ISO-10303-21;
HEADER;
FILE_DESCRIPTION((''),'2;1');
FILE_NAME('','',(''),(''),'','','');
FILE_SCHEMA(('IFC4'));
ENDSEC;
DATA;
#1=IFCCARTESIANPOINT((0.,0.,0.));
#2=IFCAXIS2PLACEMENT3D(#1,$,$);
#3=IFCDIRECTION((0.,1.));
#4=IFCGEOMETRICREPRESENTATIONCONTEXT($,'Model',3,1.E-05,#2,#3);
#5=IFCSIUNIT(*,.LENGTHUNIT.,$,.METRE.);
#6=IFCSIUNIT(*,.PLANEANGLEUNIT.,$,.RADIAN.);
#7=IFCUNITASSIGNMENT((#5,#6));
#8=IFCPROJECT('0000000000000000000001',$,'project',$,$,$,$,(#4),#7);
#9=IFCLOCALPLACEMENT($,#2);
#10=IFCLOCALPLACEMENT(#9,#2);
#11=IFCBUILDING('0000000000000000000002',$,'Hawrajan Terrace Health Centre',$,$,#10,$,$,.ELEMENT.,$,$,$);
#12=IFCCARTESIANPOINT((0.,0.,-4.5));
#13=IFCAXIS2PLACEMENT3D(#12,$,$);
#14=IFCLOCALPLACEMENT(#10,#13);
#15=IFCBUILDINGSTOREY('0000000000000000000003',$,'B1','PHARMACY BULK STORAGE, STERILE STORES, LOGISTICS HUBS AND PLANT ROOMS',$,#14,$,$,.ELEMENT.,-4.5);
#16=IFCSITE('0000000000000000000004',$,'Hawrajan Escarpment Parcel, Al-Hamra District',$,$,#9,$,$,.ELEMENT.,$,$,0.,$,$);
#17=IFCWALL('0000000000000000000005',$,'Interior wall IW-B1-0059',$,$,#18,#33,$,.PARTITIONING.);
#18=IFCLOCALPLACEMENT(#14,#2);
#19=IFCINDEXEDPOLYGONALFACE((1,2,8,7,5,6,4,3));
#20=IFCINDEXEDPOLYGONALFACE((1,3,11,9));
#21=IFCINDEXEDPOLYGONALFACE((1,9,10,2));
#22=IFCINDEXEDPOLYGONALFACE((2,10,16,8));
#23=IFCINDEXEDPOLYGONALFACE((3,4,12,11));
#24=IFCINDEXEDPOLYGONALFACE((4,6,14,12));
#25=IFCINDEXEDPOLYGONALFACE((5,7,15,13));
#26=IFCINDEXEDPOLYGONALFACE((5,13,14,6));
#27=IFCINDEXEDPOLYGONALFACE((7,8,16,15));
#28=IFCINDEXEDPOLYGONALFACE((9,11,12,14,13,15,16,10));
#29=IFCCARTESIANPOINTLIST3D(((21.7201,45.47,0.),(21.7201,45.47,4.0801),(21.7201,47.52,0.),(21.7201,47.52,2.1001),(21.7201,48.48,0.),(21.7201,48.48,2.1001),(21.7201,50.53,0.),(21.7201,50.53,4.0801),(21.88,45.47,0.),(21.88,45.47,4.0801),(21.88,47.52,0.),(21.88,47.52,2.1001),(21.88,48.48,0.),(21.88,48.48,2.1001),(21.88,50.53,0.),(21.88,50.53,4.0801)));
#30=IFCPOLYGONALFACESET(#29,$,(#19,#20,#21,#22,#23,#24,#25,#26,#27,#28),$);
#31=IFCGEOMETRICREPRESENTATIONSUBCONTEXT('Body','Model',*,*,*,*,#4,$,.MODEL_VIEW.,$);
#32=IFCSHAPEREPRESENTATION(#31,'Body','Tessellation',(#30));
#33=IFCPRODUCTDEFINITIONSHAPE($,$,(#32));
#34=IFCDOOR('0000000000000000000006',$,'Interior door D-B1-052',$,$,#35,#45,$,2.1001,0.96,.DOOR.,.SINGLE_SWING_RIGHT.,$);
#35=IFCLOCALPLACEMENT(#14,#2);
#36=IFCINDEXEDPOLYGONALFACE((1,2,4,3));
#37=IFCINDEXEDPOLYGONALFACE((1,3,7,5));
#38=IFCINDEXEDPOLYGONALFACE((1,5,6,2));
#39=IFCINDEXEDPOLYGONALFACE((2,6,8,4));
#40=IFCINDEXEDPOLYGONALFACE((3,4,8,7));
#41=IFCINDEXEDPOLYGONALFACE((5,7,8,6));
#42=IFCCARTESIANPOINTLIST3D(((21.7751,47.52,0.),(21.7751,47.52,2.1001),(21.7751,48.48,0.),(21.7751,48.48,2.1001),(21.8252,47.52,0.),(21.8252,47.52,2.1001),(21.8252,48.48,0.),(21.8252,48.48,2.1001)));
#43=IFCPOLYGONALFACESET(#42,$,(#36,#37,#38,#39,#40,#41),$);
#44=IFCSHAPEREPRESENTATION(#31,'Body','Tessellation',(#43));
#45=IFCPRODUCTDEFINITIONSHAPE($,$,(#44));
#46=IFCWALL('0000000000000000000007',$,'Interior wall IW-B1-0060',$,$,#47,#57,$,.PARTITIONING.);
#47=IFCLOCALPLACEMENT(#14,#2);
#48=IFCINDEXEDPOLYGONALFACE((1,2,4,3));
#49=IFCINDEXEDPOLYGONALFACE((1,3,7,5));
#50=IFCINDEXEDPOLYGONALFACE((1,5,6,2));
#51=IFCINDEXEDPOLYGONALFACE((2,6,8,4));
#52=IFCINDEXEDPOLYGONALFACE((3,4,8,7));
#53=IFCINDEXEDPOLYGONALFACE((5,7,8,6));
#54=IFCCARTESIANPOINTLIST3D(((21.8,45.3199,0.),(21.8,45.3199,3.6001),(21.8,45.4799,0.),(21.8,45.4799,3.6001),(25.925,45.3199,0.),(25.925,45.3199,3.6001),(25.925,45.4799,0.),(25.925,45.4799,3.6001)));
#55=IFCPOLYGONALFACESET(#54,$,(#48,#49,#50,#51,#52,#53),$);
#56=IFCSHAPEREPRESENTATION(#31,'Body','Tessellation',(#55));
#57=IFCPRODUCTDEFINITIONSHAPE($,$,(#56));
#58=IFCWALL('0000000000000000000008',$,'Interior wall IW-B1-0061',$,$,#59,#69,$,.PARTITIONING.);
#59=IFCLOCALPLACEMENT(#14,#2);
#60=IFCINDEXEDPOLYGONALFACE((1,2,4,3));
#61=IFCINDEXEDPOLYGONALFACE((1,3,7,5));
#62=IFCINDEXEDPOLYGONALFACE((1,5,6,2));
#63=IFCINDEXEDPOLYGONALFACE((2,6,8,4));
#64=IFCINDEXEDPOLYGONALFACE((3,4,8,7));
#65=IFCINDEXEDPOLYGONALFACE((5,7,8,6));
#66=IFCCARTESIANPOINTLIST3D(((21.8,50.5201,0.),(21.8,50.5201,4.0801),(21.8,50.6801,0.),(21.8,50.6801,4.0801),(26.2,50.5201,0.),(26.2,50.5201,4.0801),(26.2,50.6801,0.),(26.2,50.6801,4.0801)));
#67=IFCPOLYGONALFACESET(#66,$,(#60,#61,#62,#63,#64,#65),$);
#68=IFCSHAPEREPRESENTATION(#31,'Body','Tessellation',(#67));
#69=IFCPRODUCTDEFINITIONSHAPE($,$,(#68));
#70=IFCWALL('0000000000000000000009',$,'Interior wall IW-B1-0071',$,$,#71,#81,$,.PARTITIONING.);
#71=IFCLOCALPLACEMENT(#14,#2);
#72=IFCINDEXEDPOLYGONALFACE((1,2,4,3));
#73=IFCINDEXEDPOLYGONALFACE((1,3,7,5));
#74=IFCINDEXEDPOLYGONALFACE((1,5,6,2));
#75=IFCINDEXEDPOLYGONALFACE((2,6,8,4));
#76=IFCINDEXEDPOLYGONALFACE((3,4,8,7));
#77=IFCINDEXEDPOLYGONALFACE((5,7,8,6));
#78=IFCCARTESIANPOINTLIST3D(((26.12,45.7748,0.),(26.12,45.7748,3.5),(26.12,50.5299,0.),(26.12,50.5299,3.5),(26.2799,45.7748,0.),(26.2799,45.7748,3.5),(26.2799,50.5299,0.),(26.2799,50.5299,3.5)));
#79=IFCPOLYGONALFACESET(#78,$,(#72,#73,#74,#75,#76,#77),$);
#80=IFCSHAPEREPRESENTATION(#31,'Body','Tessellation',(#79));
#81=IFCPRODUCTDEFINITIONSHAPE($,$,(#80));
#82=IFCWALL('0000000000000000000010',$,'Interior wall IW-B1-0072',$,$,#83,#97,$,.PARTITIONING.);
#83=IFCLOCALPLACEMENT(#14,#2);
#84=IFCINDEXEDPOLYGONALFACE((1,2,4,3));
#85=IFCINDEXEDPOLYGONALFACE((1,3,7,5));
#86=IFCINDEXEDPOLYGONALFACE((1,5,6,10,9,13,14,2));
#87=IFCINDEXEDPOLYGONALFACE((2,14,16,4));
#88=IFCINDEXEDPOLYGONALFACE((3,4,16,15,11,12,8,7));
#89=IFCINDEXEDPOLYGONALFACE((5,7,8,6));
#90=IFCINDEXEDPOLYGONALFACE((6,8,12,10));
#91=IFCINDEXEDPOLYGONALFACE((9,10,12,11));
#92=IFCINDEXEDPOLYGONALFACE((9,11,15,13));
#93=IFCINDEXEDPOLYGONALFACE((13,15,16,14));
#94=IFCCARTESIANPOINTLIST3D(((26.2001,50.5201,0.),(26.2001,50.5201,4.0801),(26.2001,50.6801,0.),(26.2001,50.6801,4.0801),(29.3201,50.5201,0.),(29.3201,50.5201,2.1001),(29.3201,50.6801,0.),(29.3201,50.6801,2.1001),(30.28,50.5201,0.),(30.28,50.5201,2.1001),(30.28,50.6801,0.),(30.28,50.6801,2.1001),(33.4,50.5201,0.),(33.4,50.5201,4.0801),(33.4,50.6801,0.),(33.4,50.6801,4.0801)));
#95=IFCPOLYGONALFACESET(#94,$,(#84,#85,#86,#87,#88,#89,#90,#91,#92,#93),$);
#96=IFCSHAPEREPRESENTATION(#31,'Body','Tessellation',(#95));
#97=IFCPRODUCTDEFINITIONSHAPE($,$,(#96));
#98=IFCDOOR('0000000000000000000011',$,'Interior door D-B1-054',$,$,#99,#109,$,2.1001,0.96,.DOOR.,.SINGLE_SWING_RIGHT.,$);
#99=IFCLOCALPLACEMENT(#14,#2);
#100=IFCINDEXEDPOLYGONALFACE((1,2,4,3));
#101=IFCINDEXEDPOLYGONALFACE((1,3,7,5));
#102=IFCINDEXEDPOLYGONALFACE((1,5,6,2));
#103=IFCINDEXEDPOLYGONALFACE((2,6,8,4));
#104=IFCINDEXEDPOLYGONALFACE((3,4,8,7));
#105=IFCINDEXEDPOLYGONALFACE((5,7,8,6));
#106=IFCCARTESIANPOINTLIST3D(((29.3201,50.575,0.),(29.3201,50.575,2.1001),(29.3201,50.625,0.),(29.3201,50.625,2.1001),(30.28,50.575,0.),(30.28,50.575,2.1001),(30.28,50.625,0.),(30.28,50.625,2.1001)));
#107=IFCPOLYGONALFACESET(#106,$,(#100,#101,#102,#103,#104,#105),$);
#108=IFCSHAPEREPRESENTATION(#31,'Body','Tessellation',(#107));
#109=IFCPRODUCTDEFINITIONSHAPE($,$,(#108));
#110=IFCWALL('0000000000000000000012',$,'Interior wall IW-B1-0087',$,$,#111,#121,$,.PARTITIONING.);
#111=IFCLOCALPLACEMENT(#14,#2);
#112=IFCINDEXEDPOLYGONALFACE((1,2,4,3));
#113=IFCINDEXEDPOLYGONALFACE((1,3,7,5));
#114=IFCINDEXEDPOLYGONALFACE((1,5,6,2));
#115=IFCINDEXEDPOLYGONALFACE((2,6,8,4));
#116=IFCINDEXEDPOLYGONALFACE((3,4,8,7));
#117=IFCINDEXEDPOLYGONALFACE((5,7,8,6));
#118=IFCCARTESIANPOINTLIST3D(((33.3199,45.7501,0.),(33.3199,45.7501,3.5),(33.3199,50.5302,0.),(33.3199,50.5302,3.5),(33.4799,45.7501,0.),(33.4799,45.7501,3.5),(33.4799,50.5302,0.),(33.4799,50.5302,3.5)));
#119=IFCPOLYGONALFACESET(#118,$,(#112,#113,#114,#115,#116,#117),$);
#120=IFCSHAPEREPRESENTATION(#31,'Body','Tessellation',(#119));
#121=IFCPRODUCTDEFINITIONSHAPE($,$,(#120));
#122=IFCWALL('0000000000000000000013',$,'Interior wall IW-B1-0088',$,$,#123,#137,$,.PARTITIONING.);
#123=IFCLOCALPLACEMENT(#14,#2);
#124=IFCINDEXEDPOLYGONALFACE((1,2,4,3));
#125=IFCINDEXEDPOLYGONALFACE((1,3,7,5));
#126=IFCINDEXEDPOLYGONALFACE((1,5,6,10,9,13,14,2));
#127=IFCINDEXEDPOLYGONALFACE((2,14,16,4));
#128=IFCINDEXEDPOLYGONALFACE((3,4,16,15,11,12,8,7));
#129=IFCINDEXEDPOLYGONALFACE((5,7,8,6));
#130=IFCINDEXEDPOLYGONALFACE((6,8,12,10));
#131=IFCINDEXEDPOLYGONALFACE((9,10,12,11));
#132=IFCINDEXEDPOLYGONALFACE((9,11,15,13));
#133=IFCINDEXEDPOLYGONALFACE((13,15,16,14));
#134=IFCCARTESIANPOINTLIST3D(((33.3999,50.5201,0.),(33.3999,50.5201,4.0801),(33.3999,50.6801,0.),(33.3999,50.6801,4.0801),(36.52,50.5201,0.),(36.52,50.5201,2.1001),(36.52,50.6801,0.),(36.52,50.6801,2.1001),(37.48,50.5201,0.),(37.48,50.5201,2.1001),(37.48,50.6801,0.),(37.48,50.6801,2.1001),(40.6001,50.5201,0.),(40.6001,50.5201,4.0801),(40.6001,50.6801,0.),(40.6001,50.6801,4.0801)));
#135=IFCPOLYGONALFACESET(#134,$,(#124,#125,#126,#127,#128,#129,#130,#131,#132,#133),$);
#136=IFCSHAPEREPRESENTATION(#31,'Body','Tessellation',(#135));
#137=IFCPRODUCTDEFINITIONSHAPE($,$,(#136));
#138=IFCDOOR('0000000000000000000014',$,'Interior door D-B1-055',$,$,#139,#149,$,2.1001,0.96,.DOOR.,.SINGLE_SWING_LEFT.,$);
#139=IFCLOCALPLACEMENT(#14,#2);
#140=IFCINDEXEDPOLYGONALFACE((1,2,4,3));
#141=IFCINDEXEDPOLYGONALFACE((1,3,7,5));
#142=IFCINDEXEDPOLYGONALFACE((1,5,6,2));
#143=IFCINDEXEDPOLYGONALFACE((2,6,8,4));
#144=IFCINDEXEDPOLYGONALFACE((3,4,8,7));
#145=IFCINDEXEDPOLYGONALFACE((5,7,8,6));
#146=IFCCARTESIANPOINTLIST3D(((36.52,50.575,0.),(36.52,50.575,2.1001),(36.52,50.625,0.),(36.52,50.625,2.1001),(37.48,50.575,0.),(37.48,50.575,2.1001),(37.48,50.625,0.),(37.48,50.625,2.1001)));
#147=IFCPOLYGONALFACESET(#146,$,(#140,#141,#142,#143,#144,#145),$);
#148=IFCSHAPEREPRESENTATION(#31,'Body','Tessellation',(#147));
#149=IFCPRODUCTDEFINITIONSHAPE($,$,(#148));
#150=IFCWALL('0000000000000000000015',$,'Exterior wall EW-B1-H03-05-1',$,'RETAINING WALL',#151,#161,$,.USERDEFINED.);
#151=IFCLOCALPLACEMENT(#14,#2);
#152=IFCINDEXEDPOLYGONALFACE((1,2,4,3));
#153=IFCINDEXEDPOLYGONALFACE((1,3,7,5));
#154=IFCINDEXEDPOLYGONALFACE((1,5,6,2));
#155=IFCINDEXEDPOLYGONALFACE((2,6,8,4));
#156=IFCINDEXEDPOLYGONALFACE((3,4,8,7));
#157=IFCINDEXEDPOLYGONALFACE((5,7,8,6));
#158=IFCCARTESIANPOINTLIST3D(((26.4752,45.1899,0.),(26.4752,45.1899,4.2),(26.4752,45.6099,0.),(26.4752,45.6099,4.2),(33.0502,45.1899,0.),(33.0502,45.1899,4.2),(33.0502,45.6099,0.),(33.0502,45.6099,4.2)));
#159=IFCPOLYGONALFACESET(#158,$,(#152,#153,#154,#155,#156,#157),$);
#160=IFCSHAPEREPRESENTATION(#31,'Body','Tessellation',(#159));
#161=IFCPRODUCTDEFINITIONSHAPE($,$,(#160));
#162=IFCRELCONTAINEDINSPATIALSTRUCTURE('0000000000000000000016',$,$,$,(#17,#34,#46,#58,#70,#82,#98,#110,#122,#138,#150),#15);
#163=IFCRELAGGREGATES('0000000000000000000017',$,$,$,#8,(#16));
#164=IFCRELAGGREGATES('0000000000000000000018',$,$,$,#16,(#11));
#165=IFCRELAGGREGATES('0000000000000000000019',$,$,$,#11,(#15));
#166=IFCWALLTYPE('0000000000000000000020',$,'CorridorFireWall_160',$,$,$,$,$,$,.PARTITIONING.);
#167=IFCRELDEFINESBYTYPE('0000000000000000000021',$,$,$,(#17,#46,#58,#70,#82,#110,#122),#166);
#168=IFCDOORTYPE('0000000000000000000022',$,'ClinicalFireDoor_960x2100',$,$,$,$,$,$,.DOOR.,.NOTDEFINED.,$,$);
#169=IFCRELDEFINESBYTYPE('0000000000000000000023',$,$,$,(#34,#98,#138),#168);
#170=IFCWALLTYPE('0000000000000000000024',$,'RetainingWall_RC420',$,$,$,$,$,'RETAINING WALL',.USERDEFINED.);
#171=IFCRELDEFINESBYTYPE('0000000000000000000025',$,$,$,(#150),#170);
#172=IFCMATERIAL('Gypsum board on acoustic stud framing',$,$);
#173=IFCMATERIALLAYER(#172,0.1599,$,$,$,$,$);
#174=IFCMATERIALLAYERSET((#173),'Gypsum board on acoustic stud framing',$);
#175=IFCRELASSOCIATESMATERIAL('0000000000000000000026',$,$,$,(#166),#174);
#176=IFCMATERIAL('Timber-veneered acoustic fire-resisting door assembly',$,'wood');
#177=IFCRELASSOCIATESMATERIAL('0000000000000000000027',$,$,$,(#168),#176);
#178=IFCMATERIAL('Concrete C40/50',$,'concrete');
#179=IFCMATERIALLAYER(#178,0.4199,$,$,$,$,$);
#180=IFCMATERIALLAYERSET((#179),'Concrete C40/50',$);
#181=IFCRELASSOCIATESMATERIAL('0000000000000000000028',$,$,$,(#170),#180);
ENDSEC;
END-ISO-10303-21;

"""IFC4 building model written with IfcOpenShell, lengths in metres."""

from ifc_helpers import new_model, si_unit, direction, frame, frame_2d, origin, place, context, subcontext, project, spatial, rectangle, extrude, material, layer, layer_set, type_object, element, fill, save


model = new_model("IFC4")

# Units and contexts
model_context = context("Model", 3, precision=1e-05, world=origin(), true_north=direction((0.0, 1.0)))
body_context = subcontext(model_context, "Body", "Model", "MODEL_VIEW")
ifc_project = project(units=[si_unit("LENGTHUNIT", "METRE"), si_unit("PLANEANGLEUNIT", "RADIAN")], contexts=[model_context])

# Site, building, storey
site_placement = place(None, origin())
site = spatial("IfcSite", under=ifc_project, at=site_placement, Name="Hawrajan Escarpment Parcel, Al-Hamra District", CompositionType="ELEMENT", RefElevation=0.0)
building_placement = place(site_placement, origin())
building = spatial("IfcBuilding", under=site, at=building_placement, Name="Hawrajan Terrace Health Centre", CompositionType="ELEMENT")
storey_placement = place(building_placement, frame((0.0, 0.0, -4.5)))
storey = spatial("IfcBuildingStorey", under=building, at=storey_placement, Name="B1", Description="PHARMACY BULK STORAGE, STERILE STORES, LOGISTICS HUBS AND PLANT ROOMS", CompositionType="ELEMENT", Elevation=-4.5)

# Shared definitions
ifc_material_1 = material(Name="Concrete C40/50", Category="concrete")

# Shared definitions
ifc_material_2 = material(Name="Gypsum board on acoustic stud framing")

# Wall, opening, door
ifc_layer_1 = layer(ifc_material_2, 0.1599)
ifc_layer_set_1 = layer_set([ifc_layer_1], Name="Gypsum board on acoustic stud framing")
wall_type_1 = type_object("IfcWallType", Name="CorridorFireWall_160", PredefinedType="PARTITIONING", material=ifc_layer_set_1)
wall_1_placement = place(storey_placement, frame((21.8, 45.47, 0.0), z_axis=(0.0, 0.0, 1.0), x_axis=(0.0, 1.0, 0.0)))
wall_1 = element("IfcWall", 1, at=wall_1_placement, inside=storey, type_object=wall_type_1, Name="Interior wall IW-B1-0059", PredefinedType="PARTITIONING", context=body_context, shape_type="SweptSolid", body=[
    extrude(rectangle(XDim=5.0601, YDim=0.1599, at=frame_2d((2.53, 0.0))), origin(), (0.0, 0.0, 1.0), 4.0801),
])
opening_1_placement = place(wall_1_placement, frame((2.05, 0.0, 0.0)))
opening_1 = element("IfcOpeningElement", 2, at=opening_1_placement, cuts=wall_1, PredefinedType="OPENING", context=body_context, shape_type="SweptSolid", body=[
    extrude(rectangle(XDim=0.96, YDim=2.1001, at=frame_2d((0.48, 1.05))), frame((0.0, 0.0898, 0.0), z_axis=(0.0, -1.0, 0.0), x_axis=(1.0, 0.0, 0.0)), (0.0, 0.0, 1.0), 0.1799),
])
ifc_material_3 = material(Name="Timber-veneered acoustic fire-resisting door assembly", Category="wood")
door_type_1 = type_object("IfcDoorType", Name="ClinicalFireDoor_960x2100", OperationType="NOTDEFINED", PredefinedType="DOOR", material=ifc_material_3)
door_1_placement = place(opening_1_placement, origin())
door_1 = element("IfcDoor", 3, at=door_1_placement, inside=storey, type_object=door_type_1, Name="Interior door D-B1-052", OperationType="SINGLE_SWING_RIGHT", OverallHeight=2.1001, OverallWidth=0.96, PredefinedType="DOOR", context=body_context, shape_type="SweptSolid", body=[
    extrude(rectangle(XDim=0.96, YDim=2.1001, at=frame_2d((0.48, 1.05))), frame((0.0, 0.0249, 0.0), z_axis=(0.0, -1.0, 0.0), x_axis=(1.0, 0.0, 0.0)), (0.0, 0.0, 1.0), 0.05),
])
fill(opening_1, door_1)

# Walls
wall_2_placement = place(storey_placement, frame((21.8, 45.3999, 0.0), z_axis=(0.0, 0.0, 1.0), x_axis=(1.0, 0.0, 0.0)))
element("IfcWall", 4, at=wall_2_placement, inside=storey, type_object=wall_type_1, Name="Interior wall IW-B1-0060", PredefinedType="PARTITIONING", context=body_context, shape_type="SweptSolid", body=[
    extrude(rectangle(XDim=4.125, YDim=0.1599, at=frame_2d((2.0625, 0.0))), origin(), (0.0, 0.0, 1.0), 3.6001),
])
wall_3_placement = place(storey_placement, frame((21.8, 50.6001, 0.0), z_axis=(0.0, 0.0, 1.0), x_axis=(1.0, 0.0, 0.0)))
element("IfcWall", 5, at=wall_3_placement, inside=storey, type_object=wall_type_1, Name="Interior wall IW-B1-0061", PredefinedType="PARTITIONING", context=body_context, shape_type="SweptSolid", body=[
    extrude(rectangle(XDim=4.3999, YDim=0.1599, at=frame_2d((2.2, 0.0))), origin(), (0.0, 0.0, 1.0), 4.0801),
])
wall_4_placement = place(storey_placement, frame((26.2, 45.7749, 0.0), z_axis=(0.0, 0.0, 1.0), x_axis=(0.0, 1.0, 0.0)))
element("IfcWall", 6, at=wall_4_placement, inside=storey, type_object=wall_type_1, Name="Interior wall IW-B1-0071", PredefinedType="PARTITIONING", context=body_context, shape_type="SweptSolid", body=[
    extrude(rectangle(XDim=4.7551, YDim=0.1599, at=frame_2d((2.3774, 0.0))), origin(), (0.0, 0.0, 1.0), 3.5),
])

# Wall, opening, door
wall_5_placement = place(storey_placement, frame((26.2, 50.6001, 0.0), z_axis=(0.0, 0.0, 1.0), x_axis=(1.0, 0.0, 0.0)))
wall_5 = element("IfcWall", 7, at=wall_5_placement, inside=storey, type_object=wall_type_1, Name="Interior wall IW-B1-0072", PredefinedType="PARTITIONING", context=body_context, shape_type="SweptSolid", body=[
    extrude(rectangle(XDim=7.2, YDim=0.1599, at=frame_2d((3.6001, 0.0))), origin(), (0.0, 0.0, 1.0), 4.0801),
])
opening_2_placement = place(wall_5_placement, frame((3.1201, 0.0, 0.0)))
opening_2 = element("IfcOpeningElement", 8, at=opening_2_placement, cuts=wall_5, PredefinedType="OPENING", context=body_context, shape_type="SweptSolid", body=[
    extrude(rectangle(XDim=0.96, YDim=2.1001, at=frame_2d((0.48, 1.05))), frame((0.0, 0.0898, 0.0), z_axis=(0.0, -1.0, 0.0), x_axis=(1.0, 0.0, 0.0)), (0.0, 0.0, 1.0), 0.1799),
])
door_2_placement = place(opening_2_placement, origin())
door_2 = element("IfcDoor", 9, at=door_2_placement, inside=storey, type_object=door_type_1, Name="Interior door D-B1-054", OperationType="SINGLE_SWING_RIGHT", OverallHeight=2.1001, OverallWidth=0.96, PredefinedType="DOOR", context=body_context, shape_type="SweptSolid", body=[
    extrude(rectangle(XDim=0.96, YDim=2.1001, at=frame_2d((0.48, 1.05))), frame((0.0, 0.0249, 0.0), z_axis=(0.0, -1.0, 0.0), x_axis=(1.0, 0.0, 0.0)), (0.0, 0.0, 1.0), 0.05),
])
fill(opening_2, door_2)

# Wall
wall_6_placement = place(storey_placement, frame((33.3999, 45.75, 0.0), z_axis=(0.0, 0.0, 1.0), x_axis=(0.0, 1.0, 0.0)))
element("IfcWall", 10, at=wall_6_placement, inside=storey, type_object=wall_type_1, Name="Interior wall IW-B1-0087", PredefinedType="PARTITIONING", context=body_context, shape_type="SweptSolid", body=[
    extrude(rectangle(XDim=4.78, YDim=0.1599, at=frame_2d((2.3901, 0.0))), origin(), (0.0, 0.0, 1.0), 3.5),
])

# Wall, opening, door
wall_7_placement = place(storey_placement, frame((33.3999, 50.6001, 0.0), z_axis=(0.0, 0.0, 1.0), x_axis=(1.0, 0.0, 0.0)))
wall_7 = element("IfcWall", 11, at=wall_7_placement, inside=storey, type_object=wall_type_1, Name="Interior wall IW-B1-0088", PredefinedType="PARTITIONING", context=body_context, shape_type="SweptSolid", body=[
    extrude(rectangle(XDim=7.2002, YDim=0.1599, at=frame_2d((3.6001, 0.0))), origin(), (0.0, 0.0, 1.0), 4.0801),
])
opening_3_placement = place(wall_7_placement, frame((3.1201, 0.0, 0.0)))
opening_3 = element("IfcOpeningElement", 12, at=opening_3_placement, cuts=wall_7, PredefinedType="OPENING", context=body_context, shape_type="SweptSolid", body=[
    extrude(rectangle(XDim=0.96, YDim=2.1001, at=frame_2d((0.48, 1.05))), frame((0.0, 0.0898, 0.0), z_axis=(0.0, -1.0, 0.0), x_axis=(1.0, 0.0, 0.0)), (0.0, 0.0, 1.0), 0.1799),
])
door_3_placement = place(opening_3_placement, origin())
door_3 = element("IfcDoor", 13, at=door_3_placement, inside=storey, type_object=door_type_1, Name="Interior door D-B1-055", OperationType="SINGLE_SWING_LEFT", OverallHeight=2.1001, OverallWidth=0.96, PredefinedType="DOOR", context=body_context, shape_type="SweptSolid", body=[
    extrude(rectangle(XDim=0.96, YDim=2.1001, at=frame_2d((0.48, 1.05))), frame((0.0, 0.0249, 0.0), z_axis=(0.0, -1.0, 0.0), x_axis=(1.0, 0.0, 0.0)), (0.0, 0.0, 1.0), 0.05),
])
fill(opening_3, door_3)

# Wall
ifc_layer_2 = layer(ifc_material_1, 0.4199)
ifc_layer_set_2 = layer_set([ifc_layer_2], Name="Concrete C40/50")
wall_type_2 = type_object("IfcWallType", Name="RetainingWall_RC420", ElementType="RETAINING WALL", PredefinedType="USERDEFINED", material=ifc_layer_set_2)
wall_8_placement = place(storey_placement, frame((26.4751, 45.3999, 0.0), z_axis=(0.0, 0.0, 1.0), x_axis=(1.0, 0.0, 0.0)))
element("IfcWall", 14, at=wall_8_placement, inside=storey, type_object=wall_type_2, Name="Exterior wall EW-B1-H03-05-1", ObjectType="RETAINING WALL", PredefinedType="USERDEFINED", context=body_context, shape_type="SweptSolid", body=[
    extrude(rectangle(XDim=6.575, YDim=0.4199, at=frame_2d((3.2876, 0.0))), origin(), (0.0, 0.0, 1.0), 4.2),
])

save(model, "model.ifc")
